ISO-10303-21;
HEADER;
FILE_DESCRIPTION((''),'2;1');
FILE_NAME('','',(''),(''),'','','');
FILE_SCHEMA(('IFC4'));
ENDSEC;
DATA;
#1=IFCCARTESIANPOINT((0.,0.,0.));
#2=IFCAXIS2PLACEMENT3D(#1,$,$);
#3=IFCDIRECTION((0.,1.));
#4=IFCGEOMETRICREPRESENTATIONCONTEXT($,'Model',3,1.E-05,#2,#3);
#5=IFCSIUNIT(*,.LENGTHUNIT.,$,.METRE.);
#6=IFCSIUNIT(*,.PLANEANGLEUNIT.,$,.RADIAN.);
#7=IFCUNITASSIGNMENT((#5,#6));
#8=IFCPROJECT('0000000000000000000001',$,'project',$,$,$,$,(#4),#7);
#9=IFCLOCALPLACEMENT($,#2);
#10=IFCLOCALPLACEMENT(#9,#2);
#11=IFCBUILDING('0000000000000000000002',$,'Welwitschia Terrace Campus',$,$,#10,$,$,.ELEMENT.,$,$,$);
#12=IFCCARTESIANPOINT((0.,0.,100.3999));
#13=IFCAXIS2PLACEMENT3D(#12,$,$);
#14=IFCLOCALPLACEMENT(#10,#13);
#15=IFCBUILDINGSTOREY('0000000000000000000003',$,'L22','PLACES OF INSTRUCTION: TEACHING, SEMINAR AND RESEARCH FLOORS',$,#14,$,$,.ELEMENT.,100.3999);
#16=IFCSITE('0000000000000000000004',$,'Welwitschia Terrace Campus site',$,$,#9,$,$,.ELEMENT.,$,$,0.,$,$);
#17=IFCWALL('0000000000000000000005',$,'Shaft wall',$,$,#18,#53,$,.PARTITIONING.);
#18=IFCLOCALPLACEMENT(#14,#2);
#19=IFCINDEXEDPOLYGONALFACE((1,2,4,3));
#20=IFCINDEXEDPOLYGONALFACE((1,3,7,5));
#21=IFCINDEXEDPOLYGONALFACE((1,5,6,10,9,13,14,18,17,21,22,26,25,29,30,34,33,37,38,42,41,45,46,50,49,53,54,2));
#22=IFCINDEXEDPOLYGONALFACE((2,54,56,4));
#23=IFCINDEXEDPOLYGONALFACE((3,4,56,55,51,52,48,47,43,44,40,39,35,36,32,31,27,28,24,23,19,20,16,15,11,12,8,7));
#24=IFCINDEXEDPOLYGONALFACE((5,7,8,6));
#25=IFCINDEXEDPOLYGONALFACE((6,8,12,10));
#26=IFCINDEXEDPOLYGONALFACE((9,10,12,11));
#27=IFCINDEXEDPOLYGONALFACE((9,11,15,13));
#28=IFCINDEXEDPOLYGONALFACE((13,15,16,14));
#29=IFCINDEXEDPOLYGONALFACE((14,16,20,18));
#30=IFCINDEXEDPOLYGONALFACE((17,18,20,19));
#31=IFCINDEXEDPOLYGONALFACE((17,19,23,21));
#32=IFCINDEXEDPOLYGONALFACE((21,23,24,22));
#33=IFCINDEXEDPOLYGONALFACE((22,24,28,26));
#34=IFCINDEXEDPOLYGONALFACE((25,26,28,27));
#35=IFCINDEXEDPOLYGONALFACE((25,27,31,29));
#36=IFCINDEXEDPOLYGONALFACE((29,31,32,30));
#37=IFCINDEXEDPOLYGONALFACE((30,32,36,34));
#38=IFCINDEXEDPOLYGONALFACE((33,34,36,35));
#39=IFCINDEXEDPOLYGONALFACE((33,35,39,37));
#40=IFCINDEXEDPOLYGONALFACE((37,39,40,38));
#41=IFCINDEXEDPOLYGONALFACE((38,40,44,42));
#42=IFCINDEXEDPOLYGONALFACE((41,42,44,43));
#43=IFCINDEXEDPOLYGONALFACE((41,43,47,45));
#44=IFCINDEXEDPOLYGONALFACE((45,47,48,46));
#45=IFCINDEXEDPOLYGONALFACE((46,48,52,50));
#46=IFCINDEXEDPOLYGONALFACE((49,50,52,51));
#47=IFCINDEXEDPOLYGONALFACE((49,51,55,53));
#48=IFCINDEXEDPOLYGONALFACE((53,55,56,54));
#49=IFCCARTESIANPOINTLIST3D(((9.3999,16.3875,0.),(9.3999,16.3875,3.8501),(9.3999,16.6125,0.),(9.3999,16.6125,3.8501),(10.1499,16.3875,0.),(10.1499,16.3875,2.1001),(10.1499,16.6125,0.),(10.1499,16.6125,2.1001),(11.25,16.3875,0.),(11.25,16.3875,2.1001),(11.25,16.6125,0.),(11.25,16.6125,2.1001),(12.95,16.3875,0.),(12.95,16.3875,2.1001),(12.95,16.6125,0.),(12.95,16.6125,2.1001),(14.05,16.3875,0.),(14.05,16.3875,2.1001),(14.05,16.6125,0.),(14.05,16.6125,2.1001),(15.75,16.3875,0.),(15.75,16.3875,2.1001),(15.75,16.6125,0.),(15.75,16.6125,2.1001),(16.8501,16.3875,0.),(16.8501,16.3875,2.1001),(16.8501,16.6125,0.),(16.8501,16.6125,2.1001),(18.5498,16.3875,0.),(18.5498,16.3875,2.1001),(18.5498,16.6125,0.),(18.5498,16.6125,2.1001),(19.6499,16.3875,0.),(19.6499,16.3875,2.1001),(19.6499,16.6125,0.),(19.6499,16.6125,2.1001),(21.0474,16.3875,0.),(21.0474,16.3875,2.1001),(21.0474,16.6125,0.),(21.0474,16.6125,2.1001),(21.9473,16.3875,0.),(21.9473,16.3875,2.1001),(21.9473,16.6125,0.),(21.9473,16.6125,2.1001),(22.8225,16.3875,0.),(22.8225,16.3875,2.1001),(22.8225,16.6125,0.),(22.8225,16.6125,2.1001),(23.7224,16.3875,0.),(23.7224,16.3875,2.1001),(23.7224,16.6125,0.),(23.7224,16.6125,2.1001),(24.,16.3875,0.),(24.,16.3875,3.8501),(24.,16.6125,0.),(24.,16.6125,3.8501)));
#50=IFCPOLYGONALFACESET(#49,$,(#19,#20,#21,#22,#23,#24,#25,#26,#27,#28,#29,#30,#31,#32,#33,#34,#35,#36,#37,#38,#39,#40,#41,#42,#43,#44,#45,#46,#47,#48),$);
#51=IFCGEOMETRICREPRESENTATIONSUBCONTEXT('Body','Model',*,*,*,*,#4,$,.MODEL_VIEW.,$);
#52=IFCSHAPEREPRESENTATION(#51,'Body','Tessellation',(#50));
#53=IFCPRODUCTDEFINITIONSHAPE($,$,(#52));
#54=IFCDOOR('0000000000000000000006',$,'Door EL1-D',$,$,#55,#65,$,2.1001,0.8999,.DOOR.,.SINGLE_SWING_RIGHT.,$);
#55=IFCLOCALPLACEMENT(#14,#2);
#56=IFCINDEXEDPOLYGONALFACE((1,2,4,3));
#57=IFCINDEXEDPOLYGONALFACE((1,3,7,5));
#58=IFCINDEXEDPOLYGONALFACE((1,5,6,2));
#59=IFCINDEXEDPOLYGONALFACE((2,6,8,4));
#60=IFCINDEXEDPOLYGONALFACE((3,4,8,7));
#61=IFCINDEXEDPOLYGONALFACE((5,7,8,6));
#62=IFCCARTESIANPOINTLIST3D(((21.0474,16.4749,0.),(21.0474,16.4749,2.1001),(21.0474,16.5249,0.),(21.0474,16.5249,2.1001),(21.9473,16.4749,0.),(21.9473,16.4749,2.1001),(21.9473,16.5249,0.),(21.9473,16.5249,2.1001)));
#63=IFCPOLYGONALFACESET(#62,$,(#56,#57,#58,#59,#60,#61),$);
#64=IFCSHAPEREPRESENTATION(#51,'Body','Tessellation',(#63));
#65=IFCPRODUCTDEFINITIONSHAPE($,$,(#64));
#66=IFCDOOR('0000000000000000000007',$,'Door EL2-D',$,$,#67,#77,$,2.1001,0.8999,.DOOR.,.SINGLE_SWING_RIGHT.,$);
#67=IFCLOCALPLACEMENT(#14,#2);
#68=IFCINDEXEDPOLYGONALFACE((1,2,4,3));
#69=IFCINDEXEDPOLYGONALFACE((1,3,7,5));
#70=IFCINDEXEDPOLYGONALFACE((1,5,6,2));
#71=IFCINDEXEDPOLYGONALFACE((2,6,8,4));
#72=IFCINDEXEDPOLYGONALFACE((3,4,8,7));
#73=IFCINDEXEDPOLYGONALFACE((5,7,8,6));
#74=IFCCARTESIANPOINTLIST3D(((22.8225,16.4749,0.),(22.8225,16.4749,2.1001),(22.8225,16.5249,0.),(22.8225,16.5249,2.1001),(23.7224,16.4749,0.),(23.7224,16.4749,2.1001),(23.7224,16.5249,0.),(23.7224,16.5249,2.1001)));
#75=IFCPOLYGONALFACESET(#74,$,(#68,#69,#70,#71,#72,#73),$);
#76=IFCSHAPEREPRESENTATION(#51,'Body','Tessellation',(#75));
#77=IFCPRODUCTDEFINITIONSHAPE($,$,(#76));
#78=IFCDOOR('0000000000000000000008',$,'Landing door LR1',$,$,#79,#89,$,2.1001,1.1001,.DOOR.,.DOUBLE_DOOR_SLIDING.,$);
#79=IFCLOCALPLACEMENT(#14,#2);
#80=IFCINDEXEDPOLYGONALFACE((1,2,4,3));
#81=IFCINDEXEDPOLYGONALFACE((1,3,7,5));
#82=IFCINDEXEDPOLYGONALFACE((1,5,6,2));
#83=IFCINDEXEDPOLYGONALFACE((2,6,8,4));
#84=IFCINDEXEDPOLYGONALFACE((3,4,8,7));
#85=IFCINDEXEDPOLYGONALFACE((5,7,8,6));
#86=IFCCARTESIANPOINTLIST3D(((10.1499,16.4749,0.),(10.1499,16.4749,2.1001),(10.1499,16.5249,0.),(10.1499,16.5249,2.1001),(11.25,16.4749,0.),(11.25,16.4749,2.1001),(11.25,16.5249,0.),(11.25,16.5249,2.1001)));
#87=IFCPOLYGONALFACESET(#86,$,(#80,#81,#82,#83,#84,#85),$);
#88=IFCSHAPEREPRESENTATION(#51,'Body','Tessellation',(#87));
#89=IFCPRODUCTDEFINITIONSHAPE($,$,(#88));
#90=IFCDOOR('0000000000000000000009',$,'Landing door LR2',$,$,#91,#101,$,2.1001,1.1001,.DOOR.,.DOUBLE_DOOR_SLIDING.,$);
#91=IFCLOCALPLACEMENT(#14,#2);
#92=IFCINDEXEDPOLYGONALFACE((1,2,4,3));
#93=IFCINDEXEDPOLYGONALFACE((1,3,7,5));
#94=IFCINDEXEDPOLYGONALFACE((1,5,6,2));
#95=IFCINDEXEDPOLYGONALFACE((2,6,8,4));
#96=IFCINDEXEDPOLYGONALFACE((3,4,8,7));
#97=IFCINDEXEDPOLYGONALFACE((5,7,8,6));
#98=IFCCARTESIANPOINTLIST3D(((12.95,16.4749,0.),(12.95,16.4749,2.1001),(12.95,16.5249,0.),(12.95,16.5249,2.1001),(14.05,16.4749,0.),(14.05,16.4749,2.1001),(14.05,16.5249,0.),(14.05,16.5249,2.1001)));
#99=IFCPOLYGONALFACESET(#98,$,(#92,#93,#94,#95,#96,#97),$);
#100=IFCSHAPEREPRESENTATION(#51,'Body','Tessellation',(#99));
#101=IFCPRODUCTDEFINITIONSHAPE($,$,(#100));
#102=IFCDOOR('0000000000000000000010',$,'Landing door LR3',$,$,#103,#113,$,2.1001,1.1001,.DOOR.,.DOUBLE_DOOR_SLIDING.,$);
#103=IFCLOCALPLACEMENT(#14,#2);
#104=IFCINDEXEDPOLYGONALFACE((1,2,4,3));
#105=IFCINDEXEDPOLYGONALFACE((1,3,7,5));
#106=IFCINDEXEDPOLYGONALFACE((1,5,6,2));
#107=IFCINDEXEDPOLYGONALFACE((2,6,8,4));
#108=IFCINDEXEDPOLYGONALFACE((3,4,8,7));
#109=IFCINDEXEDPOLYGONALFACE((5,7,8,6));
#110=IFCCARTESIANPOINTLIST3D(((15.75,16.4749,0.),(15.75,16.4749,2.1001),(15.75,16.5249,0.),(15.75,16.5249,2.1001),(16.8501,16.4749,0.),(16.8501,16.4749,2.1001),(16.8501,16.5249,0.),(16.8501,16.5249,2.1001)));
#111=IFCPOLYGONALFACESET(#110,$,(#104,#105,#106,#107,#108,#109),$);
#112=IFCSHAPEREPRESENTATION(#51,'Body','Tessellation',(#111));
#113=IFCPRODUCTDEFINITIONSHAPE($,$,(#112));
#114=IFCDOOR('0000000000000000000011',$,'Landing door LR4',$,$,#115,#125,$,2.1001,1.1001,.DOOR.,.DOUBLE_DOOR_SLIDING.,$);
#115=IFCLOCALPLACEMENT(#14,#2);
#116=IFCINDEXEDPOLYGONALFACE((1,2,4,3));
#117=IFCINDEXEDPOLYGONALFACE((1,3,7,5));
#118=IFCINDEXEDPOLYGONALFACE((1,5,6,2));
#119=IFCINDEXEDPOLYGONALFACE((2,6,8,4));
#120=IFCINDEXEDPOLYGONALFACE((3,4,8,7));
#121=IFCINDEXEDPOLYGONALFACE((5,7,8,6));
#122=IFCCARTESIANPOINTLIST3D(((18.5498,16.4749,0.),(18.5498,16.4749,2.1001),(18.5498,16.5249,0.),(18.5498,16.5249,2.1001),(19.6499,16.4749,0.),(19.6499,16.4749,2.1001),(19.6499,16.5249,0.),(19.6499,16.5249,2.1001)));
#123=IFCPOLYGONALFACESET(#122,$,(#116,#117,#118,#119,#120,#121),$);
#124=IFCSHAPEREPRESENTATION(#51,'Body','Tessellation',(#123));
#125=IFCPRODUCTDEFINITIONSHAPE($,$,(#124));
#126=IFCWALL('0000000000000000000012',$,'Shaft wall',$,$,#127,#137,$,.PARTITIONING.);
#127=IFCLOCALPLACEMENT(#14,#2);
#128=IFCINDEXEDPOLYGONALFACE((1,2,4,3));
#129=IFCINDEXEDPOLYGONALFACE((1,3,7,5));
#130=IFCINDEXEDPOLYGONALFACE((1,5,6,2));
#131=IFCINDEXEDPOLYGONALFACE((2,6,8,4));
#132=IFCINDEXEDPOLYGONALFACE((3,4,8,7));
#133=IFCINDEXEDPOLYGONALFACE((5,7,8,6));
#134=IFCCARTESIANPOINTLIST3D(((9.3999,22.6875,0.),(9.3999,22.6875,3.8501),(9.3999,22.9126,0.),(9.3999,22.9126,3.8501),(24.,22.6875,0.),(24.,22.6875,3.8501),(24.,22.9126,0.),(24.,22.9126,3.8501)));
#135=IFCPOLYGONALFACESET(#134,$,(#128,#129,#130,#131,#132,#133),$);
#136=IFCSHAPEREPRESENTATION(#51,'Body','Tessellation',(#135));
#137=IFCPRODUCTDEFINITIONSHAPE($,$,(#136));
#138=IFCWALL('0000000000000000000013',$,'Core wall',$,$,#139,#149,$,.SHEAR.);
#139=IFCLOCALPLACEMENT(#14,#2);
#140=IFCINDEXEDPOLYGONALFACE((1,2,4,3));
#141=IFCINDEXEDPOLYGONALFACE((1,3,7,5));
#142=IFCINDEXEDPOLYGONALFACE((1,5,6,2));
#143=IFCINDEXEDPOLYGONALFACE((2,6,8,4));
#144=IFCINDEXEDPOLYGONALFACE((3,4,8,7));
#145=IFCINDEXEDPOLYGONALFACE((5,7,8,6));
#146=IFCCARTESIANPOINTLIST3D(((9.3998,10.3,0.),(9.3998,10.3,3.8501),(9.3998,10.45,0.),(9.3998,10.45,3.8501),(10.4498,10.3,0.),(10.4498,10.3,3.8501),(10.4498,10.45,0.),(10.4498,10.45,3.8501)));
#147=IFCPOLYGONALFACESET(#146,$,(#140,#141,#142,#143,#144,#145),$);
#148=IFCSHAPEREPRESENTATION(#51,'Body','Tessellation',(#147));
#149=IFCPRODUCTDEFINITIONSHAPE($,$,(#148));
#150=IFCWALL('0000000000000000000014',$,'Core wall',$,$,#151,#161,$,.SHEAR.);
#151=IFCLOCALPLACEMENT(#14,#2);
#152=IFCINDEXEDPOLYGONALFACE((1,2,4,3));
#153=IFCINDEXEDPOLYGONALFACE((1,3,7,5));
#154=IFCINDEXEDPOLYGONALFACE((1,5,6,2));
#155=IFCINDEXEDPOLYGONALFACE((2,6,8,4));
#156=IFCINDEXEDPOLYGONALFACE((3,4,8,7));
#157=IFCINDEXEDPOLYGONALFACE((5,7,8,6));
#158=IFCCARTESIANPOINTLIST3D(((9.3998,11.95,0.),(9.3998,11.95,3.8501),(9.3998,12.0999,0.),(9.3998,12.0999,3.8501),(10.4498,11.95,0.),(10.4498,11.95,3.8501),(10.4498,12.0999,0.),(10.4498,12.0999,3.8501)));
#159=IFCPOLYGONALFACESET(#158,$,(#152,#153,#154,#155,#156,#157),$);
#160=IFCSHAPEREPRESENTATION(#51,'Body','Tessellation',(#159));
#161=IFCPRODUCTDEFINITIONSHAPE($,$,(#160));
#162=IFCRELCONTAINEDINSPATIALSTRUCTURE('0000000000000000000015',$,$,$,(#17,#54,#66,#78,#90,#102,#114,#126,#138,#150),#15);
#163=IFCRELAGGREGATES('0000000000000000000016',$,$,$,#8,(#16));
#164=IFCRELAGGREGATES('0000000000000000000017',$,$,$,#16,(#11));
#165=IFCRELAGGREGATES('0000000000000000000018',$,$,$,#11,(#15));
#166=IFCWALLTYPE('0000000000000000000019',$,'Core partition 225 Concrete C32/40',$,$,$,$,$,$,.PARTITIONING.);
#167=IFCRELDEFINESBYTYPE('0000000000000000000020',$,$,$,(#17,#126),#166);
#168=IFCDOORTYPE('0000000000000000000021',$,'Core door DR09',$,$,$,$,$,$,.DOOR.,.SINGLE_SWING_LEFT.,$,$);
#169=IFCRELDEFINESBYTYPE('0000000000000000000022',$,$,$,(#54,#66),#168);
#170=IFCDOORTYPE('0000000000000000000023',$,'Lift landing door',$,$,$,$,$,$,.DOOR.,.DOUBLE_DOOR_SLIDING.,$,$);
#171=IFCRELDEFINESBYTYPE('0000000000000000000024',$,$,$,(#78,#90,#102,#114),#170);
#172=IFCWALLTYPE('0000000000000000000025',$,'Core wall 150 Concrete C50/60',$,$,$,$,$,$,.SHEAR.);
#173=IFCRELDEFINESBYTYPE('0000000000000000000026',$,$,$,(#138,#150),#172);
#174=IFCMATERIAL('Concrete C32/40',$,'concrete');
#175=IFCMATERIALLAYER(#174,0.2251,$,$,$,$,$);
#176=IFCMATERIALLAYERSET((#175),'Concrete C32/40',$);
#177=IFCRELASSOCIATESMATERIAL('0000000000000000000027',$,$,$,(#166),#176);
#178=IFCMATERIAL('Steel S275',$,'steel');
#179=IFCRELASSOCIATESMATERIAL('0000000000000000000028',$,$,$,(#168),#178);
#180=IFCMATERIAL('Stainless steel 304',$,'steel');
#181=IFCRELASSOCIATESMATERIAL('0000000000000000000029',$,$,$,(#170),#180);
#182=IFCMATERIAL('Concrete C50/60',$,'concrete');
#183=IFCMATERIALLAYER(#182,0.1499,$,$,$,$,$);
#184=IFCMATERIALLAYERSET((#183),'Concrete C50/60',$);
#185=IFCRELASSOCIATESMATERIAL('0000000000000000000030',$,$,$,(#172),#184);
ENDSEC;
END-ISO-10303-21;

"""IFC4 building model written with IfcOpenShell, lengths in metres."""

from ifc_helpers import new_model, si_unit, direction, frame, frame_2d, origin, place, context, subcontext, project, spatial, rectangle, extrude, material, layer, layer_set, type_object, element, fill, save


model = new_model("IFC4")

# Units and contexts
model_context = context("Model", 3, precision=1e-05, world=origin(), true_north=direction((0.0, 1.0)))
body_context = subcontext(model_context, "Body", "Model", "MODEL_VIEW")
ifc_project = project(units=[si_unit("LENGTHUNIT", "METRE"), si_unit("PLANEANGLEUNIT", "RADIAN")], contexts=[model_context])

# Site, building, storey
site_placement = place(None, origin())
site = spatial("IfcSite", under=ifc_project, at=site_placement, Name="Welwitschia Terrace Campus site", CompositionType="ELEMENT", RefElevation=0.0)
building_placement = place(site_placement, origin())
building = spatial("IfcBuilding", under=site, at=building_placement, Name="Welwitschia Terrace Campus", CompositionType="ELEMENT")
storey_placement = place(building_placement, frame((0.0, 0.0, 100.3999)))
storey = spatial("IfcBuildingStorey", under=building, at=storey_placement, Name="L22", Description="PLACES OF INSTRUCTION: TEACHING, SEMINAR AND RESEARCH FLOORS", CompositionType="ELEMENT", Elevation=100.3999)

# Shared definitions
ifc_material_1 = material(Name="Concrete C32/40", Category="concrete")
ifc_layer_1 = layer(ifc_material_1, 0.2251)
ifc_layer_set_1 = layer_set([ifc_layer_1], Name="Concrete C32/40")
wall_type_1 = type_object("IfcWallType", Name="Core partition 225 Concrete C32/40", PredefinedType="PARTITIONING", material=ifc_layer_set_1)

# Wall, openings, doors
wall_1_placement = place(storey_placement, frame((9.3999, 16.5, 0.0), z_axis=(0.0, 0.0, 1.0), x_axis=(1.0, 0.0, 0.0)))
wall_1 = element("IfcWall", 1, at=wall_1_placement, inside=storey, type_object=wall_type_1, Name="Shaft wall", PredefinedType="PARTITIONING", context=body_context, shape_type="SweptSolid", body=[
    extrude(rectangle(XDim=14.6001, YDim=0.2251, at=frame_2d((7.3, 0.0))), origin(), (0.0, 0.0, 1.0), 3.8501),
])
opening_1_placement = place(wall_1_placement, frame((0.75, 0.0, 0.0)))
opening_1 = element("IfcOpeningElement", 2, at=opening_1_placement, cuts=wall_1, PredefinedType="OPENING", context=body_context, shape_type="SweptSolid", body=[
    extrude(rectangle(XDim=1.1001, YDim=2.1001, at=frame_2d((0.55, 1.05))), frame((0.0, 0.1226, 0.0), z_axis=(0.0, -1.0, 0.0), x_axis=(1.0, 0.0, 0.0)), (0.0, 0.0, 1.0), 0.2451),
])
opening_2_placement = place(wall_1_placement, frame((3.55, 0.0, 0.0)))
opening_2 = element("IfcOpeningElement", 3, at=opening_2_placement, cuts=wall_1, PredefinedType="OPENING", context=body_context, shape_type="SweptSolid", body=[
    extrude(rectangle(XDim=1.1001, YDim=2.1001, at=frame_2d((0.55, 1.05))), frame((0.0, 0.1226, 0.0), z_axis=(0.0, -1.0, 0.0), x_axis=(1.0, 0.0, 0.0)), (0.0, 0.0, 1.0), 0.2451),
])
opening_3_placement = place(wall_1_placement, frame((6.3501, 0.0, 0.0)))
opening_3 = element("IfcOpeningElement", 4, at=opening_3_placement, cuts=wall_1, PredefinedType="OPENING", context=body_context, shape_type="SweptSolid", body=[
    extrude(rectangle(XDim=1.1001, YDim=2.1001, at=frame_2d((0.55, 1.05))), frame((0.0, 0.1226, 0.0), z_axis=(0.0, -1.0, 0.0), x_axis=(1.0, 0.0, 0.0)), (0.0, 0.0, 1.0), 0.2451),
])
opening_4_placement = place(wall_1_placement, frame((9.1499, 0.0, 0.0)))
opening_4 = element("IfcOpeningElement", 5, at=opening_4_placement, cuts=wall_1, PredefinedType="OPENING", context=body_context, shape_type="SweptSolid", body=[
    extrude(rectangle(XDim=1.1001, YDim=2.1001, at=frame_2d((0.55, 1.05))), frame((0.0, 0.1226, 0.0), z_axis=(0.0, -1.0, 0.0), x_axis=(1.0, 0.0, 0.0)), (0.0, 0.0, 1.0), 0.2451),
])
opening_5_placement = place(wall_1_placement, frame((11.6475, 0.0, 0.0)))
opening_5 = element("IfcOpeningElement", 6, at=opening_5_placement, cuts=wall_1, PredefinedType="OPENING", context=body_context, shape_type="SweptSolid", body=[
    extrude(rectangle(XDim=0.8999, YDim=2.1001, at=frame_2d((0.45, 1.05))), frame((0.0, 0.1226, 0.0), z_axis=(0.0, -1.0, 0.0), x_axis=(1.0, 0.0, 0.0)), (0.0, 0.0, 1.0), 0.2451),
])
opening_6_placement = place(wall_1_placement, frame((13.4226, 0.0, 0.0)))
opening_6 = element("IfcOpeningElement", 7, at=opening_6_placement, cuts=wall_1, PredefinedType="OPENING", context=body_context, shape_type="SweptSolid", body=[
    extrude(rectangle(XDim=0.8999, YDim=2.1001, at=frame_2d((0.45, 1.05))), frame((0.0, 0.1226, 0.0), z_axis=(0.0, -1.0, 0.0), x_axis=(1.0, 0.0, 0.0)), (0.0, 0.0, 1.0), 0.2451),
])
ifc_material_2 = material(Name="Steel S275", Category="steel")
door_type_1 = type_object("IfcDoorType", Name="Core door DR09", OperationType="SINGLE_SWING_LEFT", PredefinedType="DOOR", material=ifc_material_2)
door_1_placement = place(opening_5_placement, origin())
door_1 = element("IfcDoor", 8, at=door_1_placement, inside=storey, type_object=door_type_1, Name="Door EL1-D", OperationType="SINGLE_SWING_RIGHT", OverallHeight=2.1001, OverallWidth=0.8999, PredefinedType="DOOR", context=body_context, shape_type="SweptSolid", body=[
    extrude(rectangle(XDim=0.8999, YDim=2.1001, at=frame_2d((0.45, 1.05))), frame((0.0, 0.0249, 0.0), z_axis=(0.0, -1.0, 0.0), x_axis=(1.0, 0.0, 0.0)), (0.0, 0.0, 1.0), 0.05),
])
fill(opening_5, door_1)
door_2_placement = place(opening_6_placement, origin())
door_2 = element("IfcDoor", 9, at=door_2_placement, inside=storey, type_object=door_type_1, Name="Door EL2-D", OperationType="SINGLE_SWING_RIGHT", OverallHeight=2.1001, OverallWidth=0.8999, PredefinedType="DOOR", context=body_context, shape_type="SweptSolid", body=[
    extrude(rectangle(XDim=0.8999, YDim=2.1001, at=frame_2d((0.45, 1.05))), frame((0.0, 0.0249, 0.0), z_axis=(0.0, -1.0, 0.0), x_axis=(1.0, 0.0, 0.0)), (0.0, 0.0, 1.0), 0.05),
])
fill(opening_6, door_2)
ifc_material_3 = material(Name="Stainless steel 304", Category="steel")
door_type_2 = type_object("IfcDoorType", Name="Lift landing door", OperationType="DOUBLE_DOOR_SLIDING", PredefinedType="DOOR", material=ifc_material_3)
door_3_placement = place(opening_1_placement, origin())
door_3 = element("IfcDoor", 10, at=door_3_placement, inside=storey, type_object=door_type_2, Name="Landing door LR1", OperationType="DOUBLE_DOOR_SLIDING", OverallHeight=2.1001, OverallWidth=1.1001, PredefinedType="DOOR", context=body_context, shape_type="SweptSolid", body=[
    extrude(rectangle(XDim=1.1001, YDim=2.1001, at=frame_2d((0.55, 1.05))), frame((0.0, 0.0249, 0.0), z_axis=(0.0, -1.0, 0.0), x_axis=(1.0, 0.0, 0.0)), (0.0, 0.0, 1.0), 0.05),
])
fill(opening_1, door_3)
door_4_placement = place(opening_2_placement, origin())
door_4 = element("IfcDoor", 11, at=door_4_placement, inside=storey, type_object=door_type_2, Name="Landing door LR2", OperationType="DOUBLE_DOOR_SLIDING", OverallHeight=2.1001, OverallWidth=1.1001, PredefinedType="DOOR", context=body_context, shape_type="SweptSolid", body=[
    extrude(rectangle(XDim=1.1001, YDim=2.1001, at=frame_2d((0.55, 1.05))), frame((0.0, 0.0249, 0.0), z_axis=(0.0, -1.0, 0.0), x_axis=(1.0, 0.0, 0.0)), (0.0, 0.0, 1.0), 0.05),
])
fill(opening_2, door_4)
door_5_placement = place(opening_3_placement, origin())
door_5 = element("IfcDoor", 12, at=door_5_placement, inside=storey, type_object=door_type_2, Name="Landing door LR3", OperationType="DOUBLE_DOOR_SLIDING", OverallHeight=2.1001, OverallWidth=1.1001, PredefinedType="DOOR", context=body_context, shape_type="SweptSolid", body=[
    extrude(rectangle(XDim=1.1001, YDim=2.1001, at=frame_2d((0.55, 1.05))), frame((0.0, 0.0249, 0.0), z_axis=(0.0, -1.0, 0.0), x_axis=(1.0, 0.0, 0.0)), (0.0, 0.0, 1.0), 0.05),
])
fill(opening_3, door_5)
door_6_placement = place(opening_4_placement, origin())
door_6 = element("IfcDoor", 13, at=door_6_placement, inside=storey, type_object=door_type_2, Name="Landing door LR4", OperationType="DOUBLE_DOOR_SLIDING", OverallHeight=2.1001, OverallWidth=1.1001, PredefinedType="DOOR", context=body_context, shape_type="SweptSolid", body=[
    extrude(rectangle(XDim=1.1001, YDim=2.1001, at=frame_2d((0.55, 1.05))), frame((0.0, 0.0249, 0.0), z_axis=(0.0, -1.0, 0.0), x_axis=(1.0, 0.0, 0.0)), (0.0, 0.0, 1.0), 0.05),
])
fill(opening_4, door_6)

# Walls
wall_2_placement = place(storey_placement, frame((9.3999, 22.8, 0.0), z_axis=(0.0, 0.0, 1.0), x_axis=(1.0, 0.0, 0.0)))
element("IfcWall", 14, at=wall_2_placement, inside=storey, type_object=wall_type_1, Name="Shaft wall", PredefinedType="PARTITIONING", context=body_context, shape_type="SweptSolid", body=[
    extrude(rectangle(XDim=14.6001, YDim=0.2251, at=frame_2d((7.3, 0.0))), origin(), (0.0, 0.0, 1.0), 3.8501),
])
ifc_material_4 = material(Name="Concrete C50/60", Category="concrete")
ifc_layer_2 = layer(ifc_material_4, 0.1499)
ifc_layer_set_2 = layer_set([ifc_layer_2], Name="Concrete C50/60")
wall_type_2 = type_object("IfcWallType", Name="Core wall 150 Concrete C50/60", PredefinedType="SHEAR", material=ifc_layer_set_2)
for number, where, z_axis, x_axis, name in (
    (15, (9.3999, 10.375, 0.0), (0.0, 0.0, 1.0), (1.0, 0.0, 0.0), "Core wall"),
    (16, (9.3999, 12.0249, 0.0), (0.0, 0.0, 1.0), (1.0, 0.0, 0.0), "Core wall"),
):
    element("IfcWall", number, at=place(storey_placement, frame(where, z_axis=z_axis, x_axis=x_axis)), inside=storey, type_object=wall_type_2, Name=name, PredefinedType="SHEAR", context=body_context, shape_type="SweptSolid", body=[
        extrude(rectangle(XDim=1.05, YDim=0.1499, at=frame_2d((0.5249, 0.0))), origin(), (0.0, 0.0, 1.0), 3.8501),
    ])

save(model, "model.ifc")
